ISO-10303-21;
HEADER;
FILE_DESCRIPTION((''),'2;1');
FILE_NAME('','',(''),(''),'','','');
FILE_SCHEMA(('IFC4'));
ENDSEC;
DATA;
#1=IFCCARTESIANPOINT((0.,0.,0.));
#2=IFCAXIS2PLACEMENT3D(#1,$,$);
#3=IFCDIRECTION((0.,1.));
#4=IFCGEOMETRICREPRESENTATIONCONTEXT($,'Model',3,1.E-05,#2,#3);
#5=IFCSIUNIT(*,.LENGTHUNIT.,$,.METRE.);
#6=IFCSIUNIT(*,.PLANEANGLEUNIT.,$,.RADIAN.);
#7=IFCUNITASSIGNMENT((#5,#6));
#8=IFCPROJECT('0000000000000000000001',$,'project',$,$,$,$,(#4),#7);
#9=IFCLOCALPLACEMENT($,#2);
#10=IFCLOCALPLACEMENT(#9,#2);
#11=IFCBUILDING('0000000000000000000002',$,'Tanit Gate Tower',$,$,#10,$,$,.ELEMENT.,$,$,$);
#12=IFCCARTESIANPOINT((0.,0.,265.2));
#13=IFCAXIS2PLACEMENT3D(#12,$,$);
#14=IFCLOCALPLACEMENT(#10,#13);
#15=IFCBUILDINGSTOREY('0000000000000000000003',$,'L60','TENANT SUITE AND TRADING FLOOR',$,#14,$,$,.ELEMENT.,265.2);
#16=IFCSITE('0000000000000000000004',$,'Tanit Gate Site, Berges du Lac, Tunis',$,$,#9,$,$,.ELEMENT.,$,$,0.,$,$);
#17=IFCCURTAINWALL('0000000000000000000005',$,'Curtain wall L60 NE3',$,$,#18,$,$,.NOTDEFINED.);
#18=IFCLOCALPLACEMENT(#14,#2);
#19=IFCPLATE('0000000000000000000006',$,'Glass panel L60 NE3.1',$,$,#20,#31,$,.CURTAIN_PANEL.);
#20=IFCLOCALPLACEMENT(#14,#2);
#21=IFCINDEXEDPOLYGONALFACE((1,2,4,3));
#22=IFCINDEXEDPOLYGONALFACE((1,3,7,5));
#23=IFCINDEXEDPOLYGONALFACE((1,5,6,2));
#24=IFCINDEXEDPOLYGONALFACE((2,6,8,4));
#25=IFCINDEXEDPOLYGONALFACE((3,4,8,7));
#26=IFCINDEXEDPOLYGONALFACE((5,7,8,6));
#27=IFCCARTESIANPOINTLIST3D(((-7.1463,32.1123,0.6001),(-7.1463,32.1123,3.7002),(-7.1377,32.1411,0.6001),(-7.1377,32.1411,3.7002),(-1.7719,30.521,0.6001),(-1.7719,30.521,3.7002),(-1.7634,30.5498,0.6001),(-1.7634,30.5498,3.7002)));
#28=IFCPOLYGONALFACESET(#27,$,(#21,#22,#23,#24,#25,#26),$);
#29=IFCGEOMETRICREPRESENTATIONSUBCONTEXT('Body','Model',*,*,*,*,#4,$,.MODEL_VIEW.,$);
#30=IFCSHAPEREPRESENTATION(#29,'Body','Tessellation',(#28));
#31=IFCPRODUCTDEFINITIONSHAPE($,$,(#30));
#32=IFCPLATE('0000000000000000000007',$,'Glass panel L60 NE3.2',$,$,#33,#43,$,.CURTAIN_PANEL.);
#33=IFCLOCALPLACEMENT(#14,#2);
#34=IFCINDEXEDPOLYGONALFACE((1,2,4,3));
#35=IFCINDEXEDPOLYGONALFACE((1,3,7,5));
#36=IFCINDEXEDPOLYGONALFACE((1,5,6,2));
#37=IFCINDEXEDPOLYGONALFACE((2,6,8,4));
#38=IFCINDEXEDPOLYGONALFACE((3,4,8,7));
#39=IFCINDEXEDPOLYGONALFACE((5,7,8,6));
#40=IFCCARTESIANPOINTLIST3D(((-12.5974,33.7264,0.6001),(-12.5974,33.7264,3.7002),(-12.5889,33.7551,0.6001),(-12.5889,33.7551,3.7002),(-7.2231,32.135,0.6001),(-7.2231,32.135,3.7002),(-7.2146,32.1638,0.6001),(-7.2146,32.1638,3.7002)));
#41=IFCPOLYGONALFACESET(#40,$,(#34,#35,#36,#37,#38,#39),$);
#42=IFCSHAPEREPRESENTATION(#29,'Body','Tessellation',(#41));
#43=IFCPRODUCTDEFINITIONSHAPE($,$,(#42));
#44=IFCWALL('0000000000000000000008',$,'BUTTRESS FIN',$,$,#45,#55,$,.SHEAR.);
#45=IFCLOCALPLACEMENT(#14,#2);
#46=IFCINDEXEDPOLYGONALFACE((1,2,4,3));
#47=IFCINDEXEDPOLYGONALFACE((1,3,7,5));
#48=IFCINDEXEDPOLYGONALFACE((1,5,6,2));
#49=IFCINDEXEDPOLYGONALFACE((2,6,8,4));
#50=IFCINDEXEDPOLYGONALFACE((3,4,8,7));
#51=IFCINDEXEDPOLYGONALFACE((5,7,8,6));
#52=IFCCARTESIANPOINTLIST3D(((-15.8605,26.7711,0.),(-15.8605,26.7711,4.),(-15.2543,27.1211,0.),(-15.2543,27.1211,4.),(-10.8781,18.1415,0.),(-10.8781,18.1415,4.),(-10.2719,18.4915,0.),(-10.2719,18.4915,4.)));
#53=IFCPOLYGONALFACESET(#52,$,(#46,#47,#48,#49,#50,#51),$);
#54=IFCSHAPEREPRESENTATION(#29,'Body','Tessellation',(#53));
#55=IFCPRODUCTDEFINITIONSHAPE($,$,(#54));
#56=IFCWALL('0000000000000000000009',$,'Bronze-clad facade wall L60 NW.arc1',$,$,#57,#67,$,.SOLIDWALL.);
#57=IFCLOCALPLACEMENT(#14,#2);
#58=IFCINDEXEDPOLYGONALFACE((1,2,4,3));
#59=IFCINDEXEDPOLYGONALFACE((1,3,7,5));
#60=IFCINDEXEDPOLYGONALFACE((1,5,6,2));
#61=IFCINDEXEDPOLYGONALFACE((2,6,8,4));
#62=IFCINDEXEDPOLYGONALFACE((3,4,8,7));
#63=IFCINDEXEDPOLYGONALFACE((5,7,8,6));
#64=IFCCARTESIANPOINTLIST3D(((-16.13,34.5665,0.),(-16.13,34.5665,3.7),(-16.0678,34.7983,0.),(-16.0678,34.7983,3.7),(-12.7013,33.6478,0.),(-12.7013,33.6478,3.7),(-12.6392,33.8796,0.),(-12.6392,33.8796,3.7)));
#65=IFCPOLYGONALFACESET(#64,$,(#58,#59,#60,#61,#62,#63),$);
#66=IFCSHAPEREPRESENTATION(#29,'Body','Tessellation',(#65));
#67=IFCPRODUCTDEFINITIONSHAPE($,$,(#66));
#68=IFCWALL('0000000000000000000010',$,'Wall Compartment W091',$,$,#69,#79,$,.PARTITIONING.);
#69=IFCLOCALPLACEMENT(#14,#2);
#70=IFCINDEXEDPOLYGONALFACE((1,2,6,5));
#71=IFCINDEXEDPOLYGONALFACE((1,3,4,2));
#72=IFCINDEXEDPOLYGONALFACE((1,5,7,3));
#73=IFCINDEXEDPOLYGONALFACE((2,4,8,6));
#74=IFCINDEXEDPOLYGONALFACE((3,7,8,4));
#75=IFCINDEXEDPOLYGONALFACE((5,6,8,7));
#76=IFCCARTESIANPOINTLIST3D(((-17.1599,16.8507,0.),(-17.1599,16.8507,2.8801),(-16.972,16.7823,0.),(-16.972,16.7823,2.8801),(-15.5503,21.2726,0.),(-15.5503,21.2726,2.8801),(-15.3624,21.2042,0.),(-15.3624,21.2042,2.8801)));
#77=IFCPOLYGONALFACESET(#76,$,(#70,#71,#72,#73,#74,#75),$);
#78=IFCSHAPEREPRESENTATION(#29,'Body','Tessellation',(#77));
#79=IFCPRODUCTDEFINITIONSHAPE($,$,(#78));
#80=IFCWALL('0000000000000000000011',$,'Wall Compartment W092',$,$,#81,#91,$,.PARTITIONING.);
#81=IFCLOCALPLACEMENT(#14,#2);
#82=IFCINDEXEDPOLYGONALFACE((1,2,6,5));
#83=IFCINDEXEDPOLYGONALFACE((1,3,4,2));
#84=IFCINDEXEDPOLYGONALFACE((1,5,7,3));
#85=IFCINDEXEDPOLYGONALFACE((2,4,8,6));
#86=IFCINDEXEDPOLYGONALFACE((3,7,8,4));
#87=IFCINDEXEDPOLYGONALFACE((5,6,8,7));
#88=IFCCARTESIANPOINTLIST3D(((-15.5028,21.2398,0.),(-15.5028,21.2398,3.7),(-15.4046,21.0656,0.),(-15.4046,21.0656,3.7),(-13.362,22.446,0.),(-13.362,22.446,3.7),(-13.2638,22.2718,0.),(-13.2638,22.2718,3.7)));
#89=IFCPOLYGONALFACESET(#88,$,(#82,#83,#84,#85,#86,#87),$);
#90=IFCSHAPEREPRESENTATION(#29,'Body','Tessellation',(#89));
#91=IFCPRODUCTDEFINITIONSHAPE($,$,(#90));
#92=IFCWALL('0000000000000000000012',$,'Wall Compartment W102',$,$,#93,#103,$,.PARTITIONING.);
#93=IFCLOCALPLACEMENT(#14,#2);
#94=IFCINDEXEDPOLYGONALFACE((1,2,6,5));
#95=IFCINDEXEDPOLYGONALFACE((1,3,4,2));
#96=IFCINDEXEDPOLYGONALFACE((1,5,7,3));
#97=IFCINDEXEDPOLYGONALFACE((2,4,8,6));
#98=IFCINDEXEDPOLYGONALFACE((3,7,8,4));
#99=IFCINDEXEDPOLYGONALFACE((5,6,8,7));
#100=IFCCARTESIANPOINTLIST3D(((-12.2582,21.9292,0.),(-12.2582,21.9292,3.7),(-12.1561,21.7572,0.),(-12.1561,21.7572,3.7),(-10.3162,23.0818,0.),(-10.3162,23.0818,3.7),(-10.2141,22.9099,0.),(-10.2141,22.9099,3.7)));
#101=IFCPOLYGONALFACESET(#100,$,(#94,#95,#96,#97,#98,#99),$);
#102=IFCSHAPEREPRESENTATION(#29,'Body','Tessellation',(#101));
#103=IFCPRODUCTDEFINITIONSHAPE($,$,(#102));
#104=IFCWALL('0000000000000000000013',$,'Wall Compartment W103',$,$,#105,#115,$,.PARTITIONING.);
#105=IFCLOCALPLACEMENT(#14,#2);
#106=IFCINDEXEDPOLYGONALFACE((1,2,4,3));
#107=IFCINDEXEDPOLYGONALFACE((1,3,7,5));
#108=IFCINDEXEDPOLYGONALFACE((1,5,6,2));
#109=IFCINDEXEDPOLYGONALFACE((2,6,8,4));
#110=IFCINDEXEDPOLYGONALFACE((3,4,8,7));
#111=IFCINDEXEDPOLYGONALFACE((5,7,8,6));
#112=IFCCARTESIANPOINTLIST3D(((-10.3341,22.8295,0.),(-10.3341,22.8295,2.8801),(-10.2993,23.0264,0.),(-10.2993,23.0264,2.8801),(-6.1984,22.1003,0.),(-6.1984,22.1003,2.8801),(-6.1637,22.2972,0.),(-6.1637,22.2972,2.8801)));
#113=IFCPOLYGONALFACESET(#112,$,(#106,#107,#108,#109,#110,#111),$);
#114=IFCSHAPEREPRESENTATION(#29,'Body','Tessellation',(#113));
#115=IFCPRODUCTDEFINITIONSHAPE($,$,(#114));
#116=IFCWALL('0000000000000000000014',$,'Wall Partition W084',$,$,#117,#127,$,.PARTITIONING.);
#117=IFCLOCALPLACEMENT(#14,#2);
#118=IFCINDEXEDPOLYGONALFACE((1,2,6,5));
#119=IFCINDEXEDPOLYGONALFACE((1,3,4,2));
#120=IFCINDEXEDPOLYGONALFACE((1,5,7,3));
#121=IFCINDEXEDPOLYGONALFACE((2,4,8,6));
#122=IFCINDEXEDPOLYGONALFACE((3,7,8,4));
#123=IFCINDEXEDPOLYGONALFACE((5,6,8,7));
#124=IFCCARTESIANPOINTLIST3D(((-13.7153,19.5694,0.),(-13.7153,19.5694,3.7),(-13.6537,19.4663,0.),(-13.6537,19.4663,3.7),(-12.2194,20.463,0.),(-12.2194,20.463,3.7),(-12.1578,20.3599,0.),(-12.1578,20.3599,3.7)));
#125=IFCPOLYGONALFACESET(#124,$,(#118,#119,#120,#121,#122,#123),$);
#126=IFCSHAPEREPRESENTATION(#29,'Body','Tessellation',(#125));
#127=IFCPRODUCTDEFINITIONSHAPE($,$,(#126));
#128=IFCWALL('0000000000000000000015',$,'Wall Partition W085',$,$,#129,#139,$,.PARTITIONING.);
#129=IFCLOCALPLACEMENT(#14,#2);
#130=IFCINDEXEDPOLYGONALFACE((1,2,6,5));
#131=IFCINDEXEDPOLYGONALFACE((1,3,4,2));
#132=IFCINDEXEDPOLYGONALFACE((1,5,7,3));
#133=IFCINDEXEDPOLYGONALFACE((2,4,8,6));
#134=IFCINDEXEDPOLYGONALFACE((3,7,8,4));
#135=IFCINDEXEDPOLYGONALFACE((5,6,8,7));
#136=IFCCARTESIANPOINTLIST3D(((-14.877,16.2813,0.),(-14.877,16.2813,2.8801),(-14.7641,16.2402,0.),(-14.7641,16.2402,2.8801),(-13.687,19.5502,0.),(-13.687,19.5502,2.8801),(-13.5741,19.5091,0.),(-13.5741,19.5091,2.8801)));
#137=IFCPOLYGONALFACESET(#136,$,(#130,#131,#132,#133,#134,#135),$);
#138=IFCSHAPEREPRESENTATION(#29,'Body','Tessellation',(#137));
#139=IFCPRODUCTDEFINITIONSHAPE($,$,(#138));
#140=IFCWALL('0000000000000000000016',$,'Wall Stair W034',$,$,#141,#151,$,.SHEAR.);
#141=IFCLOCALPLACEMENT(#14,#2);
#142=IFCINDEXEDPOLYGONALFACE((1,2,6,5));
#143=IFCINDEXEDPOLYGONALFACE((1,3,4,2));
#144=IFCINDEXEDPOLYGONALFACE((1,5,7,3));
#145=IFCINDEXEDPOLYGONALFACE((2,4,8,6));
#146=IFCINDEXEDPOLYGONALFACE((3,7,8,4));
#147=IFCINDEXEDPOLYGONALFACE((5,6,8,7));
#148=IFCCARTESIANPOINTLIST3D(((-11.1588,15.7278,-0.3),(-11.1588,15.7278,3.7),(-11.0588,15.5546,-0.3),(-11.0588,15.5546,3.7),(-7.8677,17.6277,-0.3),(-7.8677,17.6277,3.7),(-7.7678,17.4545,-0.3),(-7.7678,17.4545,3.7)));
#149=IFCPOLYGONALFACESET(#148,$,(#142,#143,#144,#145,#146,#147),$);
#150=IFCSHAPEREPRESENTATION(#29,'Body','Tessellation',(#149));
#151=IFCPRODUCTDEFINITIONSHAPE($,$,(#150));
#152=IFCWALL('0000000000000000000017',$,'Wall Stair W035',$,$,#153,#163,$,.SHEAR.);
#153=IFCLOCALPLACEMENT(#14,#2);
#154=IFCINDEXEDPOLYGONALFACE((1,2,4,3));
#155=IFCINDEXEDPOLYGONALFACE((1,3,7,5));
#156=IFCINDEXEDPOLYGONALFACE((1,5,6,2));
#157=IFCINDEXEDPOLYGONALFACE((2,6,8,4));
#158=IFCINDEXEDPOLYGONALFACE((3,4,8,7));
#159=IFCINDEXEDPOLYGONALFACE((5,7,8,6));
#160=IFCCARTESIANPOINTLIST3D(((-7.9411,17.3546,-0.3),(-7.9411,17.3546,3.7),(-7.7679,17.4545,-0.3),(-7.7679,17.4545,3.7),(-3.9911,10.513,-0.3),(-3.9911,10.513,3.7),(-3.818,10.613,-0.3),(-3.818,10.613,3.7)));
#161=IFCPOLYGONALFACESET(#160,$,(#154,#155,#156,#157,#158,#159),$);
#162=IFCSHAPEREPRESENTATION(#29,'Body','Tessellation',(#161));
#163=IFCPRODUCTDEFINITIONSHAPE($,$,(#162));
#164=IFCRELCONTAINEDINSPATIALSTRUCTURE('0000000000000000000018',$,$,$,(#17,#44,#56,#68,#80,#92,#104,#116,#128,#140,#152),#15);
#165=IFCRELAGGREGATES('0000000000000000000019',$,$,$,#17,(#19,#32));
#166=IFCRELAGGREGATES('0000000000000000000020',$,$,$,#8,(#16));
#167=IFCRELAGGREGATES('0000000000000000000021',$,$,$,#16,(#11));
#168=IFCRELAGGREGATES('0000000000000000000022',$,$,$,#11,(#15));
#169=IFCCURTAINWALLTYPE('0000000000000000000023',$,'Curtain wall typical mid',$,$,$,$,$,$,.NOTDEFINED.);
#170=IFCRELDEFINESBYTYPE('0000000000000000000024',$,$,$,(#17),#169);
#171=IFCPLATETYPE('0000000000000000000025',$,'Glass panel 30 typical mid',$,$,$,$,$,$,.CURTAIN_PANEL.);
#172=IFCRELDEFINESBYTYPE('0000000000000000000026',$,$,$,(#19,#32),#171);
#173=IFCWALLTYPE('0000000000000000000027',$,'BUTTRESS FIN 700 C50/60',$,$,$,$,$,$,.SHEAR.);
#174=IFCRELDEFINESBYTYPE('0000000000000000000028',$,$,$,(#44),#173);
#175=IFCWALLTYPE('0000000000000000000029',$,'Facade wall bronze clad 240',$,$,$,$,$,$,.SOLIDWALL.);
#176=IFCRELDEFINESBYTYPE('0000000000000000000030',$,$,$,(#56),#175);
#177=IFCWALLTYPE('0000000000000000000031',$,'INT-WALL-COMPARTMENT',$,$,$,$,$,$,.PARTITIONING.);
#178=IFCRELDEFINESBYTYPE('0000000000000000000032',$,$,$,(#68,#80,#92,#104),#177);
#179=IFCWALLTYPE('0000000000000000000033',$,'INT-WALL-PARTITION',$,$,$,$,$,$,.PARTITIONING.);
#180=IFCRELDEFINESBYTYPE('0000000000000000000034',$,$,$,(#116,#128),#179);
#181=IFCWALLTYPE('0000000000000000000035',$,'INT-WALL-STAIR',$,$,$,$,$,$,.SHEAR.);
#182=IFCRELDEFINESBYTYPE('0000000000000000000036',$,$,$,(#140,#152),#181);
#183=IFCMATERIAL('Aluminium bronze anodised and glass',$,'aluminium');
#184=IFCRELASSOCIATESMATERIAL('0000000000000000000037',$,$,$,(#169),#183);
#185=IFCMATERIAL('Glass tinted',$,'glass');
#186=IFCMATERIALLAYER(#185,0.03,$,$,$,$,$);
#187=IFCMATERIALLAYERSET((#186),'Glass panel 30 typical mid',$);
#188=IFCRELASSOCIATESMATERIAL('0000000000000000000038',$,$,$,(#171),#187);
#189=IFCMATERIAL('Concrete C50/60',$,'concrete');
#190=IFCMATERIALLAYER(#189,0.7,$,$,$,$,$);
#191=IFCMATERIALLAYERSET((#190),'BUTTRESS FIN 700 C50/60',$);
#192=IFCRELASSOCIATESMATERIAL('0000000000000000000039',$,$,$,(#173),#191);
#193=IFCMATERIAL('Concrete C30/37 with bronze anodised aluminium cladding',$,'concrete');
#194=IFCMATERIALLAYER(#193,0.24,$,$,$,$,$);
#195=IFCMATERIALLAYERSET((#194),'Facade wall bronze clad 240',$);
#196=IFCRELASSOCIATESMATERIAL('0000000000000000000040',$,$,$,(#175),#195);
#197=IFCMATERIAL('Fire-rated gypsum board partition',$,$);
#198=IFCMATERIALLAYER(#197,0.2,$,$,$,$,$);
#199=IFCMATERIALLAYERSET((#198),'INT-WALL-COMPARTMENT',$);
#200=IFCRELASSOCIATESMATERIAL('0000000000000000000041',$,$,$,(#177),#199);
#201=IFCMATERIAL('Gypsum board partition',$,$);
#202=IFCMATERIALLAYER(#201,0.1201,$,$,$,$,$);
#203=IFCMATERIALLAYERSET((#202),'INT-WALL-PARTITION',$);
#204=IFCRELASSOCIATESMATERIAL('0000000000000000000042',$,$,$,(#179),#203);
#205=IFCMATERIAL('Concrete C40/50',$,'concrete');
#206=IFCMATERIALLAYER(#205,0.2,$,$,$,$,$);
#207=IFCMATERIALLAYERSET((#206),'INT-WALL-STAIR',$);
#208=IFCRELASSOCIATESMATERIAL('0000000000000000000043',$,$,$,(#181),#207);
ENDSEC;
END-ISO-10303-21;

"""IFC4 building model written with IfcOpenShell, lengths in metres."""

from ifc_helpers import new_model, si_unit, direction, frame, frame_2d, origin, origin_2d, place, context, subcontext, project, spatial, rectangle, extrude, material, layer, layer_set, type_object, element, aggregate, save


model = new_model("IFC4")

# Units and contexts
model_context = context("Model", 3, precision=1e-05, world=origin(), true_north=direction((0.0, 1.0)))
body_context = subcontext(model_context, "Body", "Model", "MODEL_VIEW")
ifc_project = project(units=[si_unit("LENGTHUNIT", "METRE"), si_unit("PLANEANGLEUNIT", "RADIAN")], contexts=[model_context])

# Site, building, storey
site_placement = place(None, origin())
site = spatial("IfcSite", under=ifc_project, at=site_placement, Name="Tanit Gate Site, Berges du Lac, Tunis", CompositionType="ELEMENT", RefElevation=0.0)
building_placement = place(site_placement, origin())
building = spatial("IfcBuilding", under=site, at=building_placement, Name="Tanit Gate Tower", CompositionType="ELEMENT")
storey_placement = place(building_placement, frame((0.0, 0.0, 265.2)))
storey = spatial("IfcBuildingStorey", under=building, at=storey_placement, Name="L60", Description="TENANT SUITE AND TRADING FLOOR", CompositionType="ELEMENT", Elevation=265.2)

# Curtain wall
ifc_material_1 = material(Name="Aluminium bronze anodised and glass", Category="aluminium")
curtain_wall_type = type_object("IfcCurtainWallType", Name="Curtain wall typical mid", PredefinedType="NOTDEFINED", material=ifc_material_1)
curtain_wall_placement = place(storey_placement, origin())
curtain_wall = element("IfcCurtainWall", 1, at=curtain_wall_placement, inside=storey, type_object=curtain_wall_type, Name="Curtain wall L60 NE3", PredefinedType="NOTDEFINED")

# Plates
ifc_material_2 = material(Name="Glass tinted", Category="glass")
ifc_layer_1 = layer(ifc_material_2, 0.03)
ifc_layer_set_1 = layer_set([ifc_layer_1], Name="Glass panel 30 typical mid")
plate_type = type_object("IfcPlateType", Name="Glass panel 30 typical mid", PredefinedType="CURTAIN_PANEL", material=ifc_layer_set_1)
plate_1_placement = place(storey_placement, frame((-4.4548, 31.3311, 0.6001), z_axis=(0.0, 0.0, 1.0), x_axis=(-0.958848, 0.28392, 0.0)))
plate_1 = element("IfcPlate", 2, at=plate_1_placement, type_object=plate_type, Name="Glass panel L60 NE3.1", PredefinedType="CURTAIN_PANEL", context=body_context, shape_type="SweptSolid", body=[
    extrude(rectangle(XDim=5.605, YDim=0.03, at=origin_2d()), origin(), (0.0, 0.0, 1.0), 3.1001),
])
plate_2_placement = place(storey_placement, frame((-9.906, 32.9451, 0.6001), z_axis=(0.0, 0.0, 1.0), x_axis=(-0.958848, 0.28392, 0.0)))
plate_2 = element("IfcPlate", 3, at=plate_2_placement, type_object=plate_type, Name="Glass panel L60 NE3.2", PredefinedType="CURTAIN_PANEL", context=body_context, shape_type="SweptSolid", body=[
    extrude(rectangle(XDim=5.605, YDim=0.03, at=origin_2d()), origin(), (0.0, 0.0, 1.0), 3.1001),
])
aggregate(curtain_wall, [plate_1, plate_2])

# Walls
ifc_material_3 = material(Name="Concrete C50/60", Category="concrete")
ifc_layer_2 = layer(ifc_material_3, 0.7)
ifc_layer_set_2 = layer_set([ifc_layer_2], Name="BUTTRESS FIN 700 C50/60")
wall_type_1 = type_object("IfcWallType", Name="BUTTRESS FIN 700 C50/60", PredefinedType="SHEAR", material=ifc_layer_set_2)
wall_1_placement = place(storey_placement, frame((-10.575, 18.3164, 0.0), z_axis=(0.0, 0.0, 1.0), x_axis=(-0.500007, 0.866021, 0.0)))
element("IfcWall", 4, at=wall_1_placement, inside=storey, type_object=wall_type_1, Name="BUTTRESS FIN", PredefinedType="SHEAR", context=body_context, shape_type="SweptSolid", body=[
    extrude(rectangle(XDim=9.9646, YDim=0.7, at=frame_2d((4.9824, 0.0))), origin(), (0.0, 0.0, 1.0), 4.0),
])
ifc_material_4 = material(Name="Concrete C30/37 with bronze anodised aluminium cladding", Category="concrete")
ifc_layer_3 = layer(ifc_material_4, 0.24)
ifc_layer_set_3 = layer_set([ifc_layer_3], Name="Facade wall bronze clad 240")
wall_type_2 = type_object("IfcWallType", Name="Facade wall bronze clad 240", PredefinedType="SOLIDWALL", material=ifc_layer_set_3)
wall_2_placement = place(storey_placement, frame((-12.6702, 33.7637, 0.0), z_axis=(0.0, 0.0, 1.0), x_axis=(-0.965927, 0.258814, 0.0)))
element("IfcWall", 5, at=wall_2_placement, inside=storey, type_object=wall_type_2, Name="Bronze-clad facade wall L60 NW.arc1", PredefinedType="SOLIDWALL", context=body_context, shape_type="SweptSolid", body=[
    extrude(rectangle(XDim=3.5496, YDim=0.24, at=frame_2d((1.7749, 0.0))), origin(), (0.0, 0.0, 1.0), 3.7),
])
ifc_material_5 = material(Name="Fire-rated gypsum board partition")
ifc_layer_4 = layer(ifc_material_5, 0.2)
ifc_layer_set_4 = layer_set([ifc_layer_4], Name="INT-WALL-COMPARTMENT")
wall_type_3 = type_object("IfcWallType", Name="INT-WALL-COMPARTMENT", PredefinedType="PARTITIONING", material=ifc_layer_set_4)
wall_3_placement = place(storey_placement, frame((-15.4563, 21.2385, 0.0), z_axis=(0.0, 0.0, 1.0), x_axis=(-0.342055, -0.93968, 0.0)))
element("IfcWall", 6, at=wall_3_placement, inside=storey, type_object=wall_type_3, Name="Wall Compartment W091", PredefinedType="PARTITIONING", context=body_context, shape_type="SweptSolid", body=[
    extrude(rectangle(XDim=4.7058, YDim=0.2, at=frame_2d((2.353, 0.0))), origin(), (0.0, 0.0, 1.0), 2.8801),
])
wall_4_placement = place(storey_placement, frame((-13.313, 22.3589, 0.0), z_axis=(0.0, 0.0, 1.0), x_axis=(-0.871217, -0.490898, 0.0)))
element("IfcWall", 7, at=wall_4_placement, inside=storey, type_object=wall_type_3, Name="Wall Compartment W092", PredefinedType="PARTITIONING", context=body_context, shape_type="SweptSolid", body=[
    extrude(rectangle(XDim=2.4573, YDim=0.2, at=frame_2d((1.2285, 0.0))), origin(), (0.0, 0.0, 1.0), 3.7),
])
wall_5_placement = place(storey_placement, frame((-10.2651, 22.9958, 0.0), z_axis=(0.0, 0.0, 1.0), x_axis=(-0.859935, -0.510404, 0.0)))
element("IfcWall", 8, at=wall_5_placement, inside=storey, type_object=wall_type_3, Name="Wall Compartment W102", PredefinedType="PARTITIONING", context=body_context, shape_type="SweptSolid", body=[
    extrude(rectangle(XDim=2.2583, YDim=0.2, at=frame_2d((1.1292, 0.0))), origin(), (0.0, 0.0, 1.0), 3.7),
])
wall_6_placement = place(storey_placement, frame((-6.1812, 22.1987, 0.0), z_axis=(0.0, 0.0, 1.0), x_axis=(-0.984808, 0.173649, 0.0)))
element("IfcWall", 9, at=wall_6_placement, inside=storey, type_object=wall_type_3, Name="Wall Compartment W103", PredefinedType="PARTITIONING", context=body_context, shape_type="SweptSolid", body=[
    extrude(rectangle(XDim=4.1995, YDim=0.2, at=frame_2d((2.0996, 0.0))), origin(), (0.0, 0.0, 1.0), 2.8801),
])
ifc_material_6 = material(Name="Gypsum board partition")
ifc_layer_5 = layer(ifc_material_6, 0.1201)
ifc_layer_set_5 = layer_set([ifc_layer_5], Name="INT-WALL-PARTITION")
wall_type_4 = type_object("IfcWallType", Name="INT-WALL-PARTITION", PredefinedType="PARTITIONING", material=ifc_layer_set_5)
wall_7_placement = place(storey_placement, frame((-12.1887, 20.4114, 0.0), z_axis=(0.0, 0.0, 1.0), x_axis=(-0.858493, -0.512826, 0.0)))
element("IfcWall", 10, at=wall_7_placement, inside=storey, type_object=wall_type_4, Name="Wall Partition W084", PredefinedType="PARTITIONING", context=body_context, shape_type="SweptSolid", body=[
    extrude(rectangle(XDim=1.7424, YDim=0.1201, at=frame_2d((0.8711, 0.0))), origin(), (0.0, 0.0, 1.0), 3.7),
])
wall_8_placement = place(storey_placement, frame((-13.6306, 19.5295, 0.0), z_axis=(0.0, 0.0, 1.0), x_axis=(-0.34207, -0.939675, 0.0)))
element("IfcWall", 11, at=wall_8_placement, inside=storey, type_object=wall_type_4, Name="Wall Partition W085", PredefinedType="PARTITIONING", context=body_context, shape_type="SweptSolid", body=[
    extrude(rectangle(XDim=3.4788, YDim=0.1201, at=frame_2d((1.7393, 0.0))), origin(), (0.0, 0.0, 1.0), 2.8801),
])
ifc_material_7 = material(Name="Concrete C40/50", Category="concrete")
ifc_layer_6 = layer(ifc_material_7, 0.2)
ifc_layer_set_6 = layer_set([ifc_layer_6], Name="INT-WALL-STAIR")
wall_type_5 = type_object("IfcWallType", Name="INT-WALL-STAIR", PredefinedType="SHEAR", material=ifc_layer_set_6)
wall_9_placement = place(storey_placement, frame((-7.8179, 17.541, -0.3), z_axis=(0.0, 0.0, 1.0), x_axis=(-0.866044, -0.499967, 0.0)))
element("IfcWall", 12, at=wall_9_placement, inside=storey, type_object=wall_type_5, Name="Wall Stair W034", PredefinedType="SHEAR", context=body_context, shape_type="SweptSolid", body=[
    extrude(rectangle(XDim=3.8, YDim=0.2, at=frame_2d((1.8999, 0.0))), origin(), (0.0, 0.0, 1.0), 4.0),
])
wall_10_placement = place(storey_placement, frame((-7.8545, 17.4045, -0.3), z_axis=(0.0, 0.0, 1.0), x_axis=(0.499998, -0.866027, 0.0)))
element("IfcWall", 13, at=wall_10_placement, inside=storey, type_object=wall_type_5, Name="Wall Stair W035", PredefinedType="SHEAR", context=body_context, shape_type="SweptSolid", body=[
    extrude(rectangle(XDim=7.8999, YDim=0.2, at=frame_2d((3.95, 0.0))), origin(), (0.0, 0.0, 1.0), 4.0),
])

save(model, "model.ifc")
